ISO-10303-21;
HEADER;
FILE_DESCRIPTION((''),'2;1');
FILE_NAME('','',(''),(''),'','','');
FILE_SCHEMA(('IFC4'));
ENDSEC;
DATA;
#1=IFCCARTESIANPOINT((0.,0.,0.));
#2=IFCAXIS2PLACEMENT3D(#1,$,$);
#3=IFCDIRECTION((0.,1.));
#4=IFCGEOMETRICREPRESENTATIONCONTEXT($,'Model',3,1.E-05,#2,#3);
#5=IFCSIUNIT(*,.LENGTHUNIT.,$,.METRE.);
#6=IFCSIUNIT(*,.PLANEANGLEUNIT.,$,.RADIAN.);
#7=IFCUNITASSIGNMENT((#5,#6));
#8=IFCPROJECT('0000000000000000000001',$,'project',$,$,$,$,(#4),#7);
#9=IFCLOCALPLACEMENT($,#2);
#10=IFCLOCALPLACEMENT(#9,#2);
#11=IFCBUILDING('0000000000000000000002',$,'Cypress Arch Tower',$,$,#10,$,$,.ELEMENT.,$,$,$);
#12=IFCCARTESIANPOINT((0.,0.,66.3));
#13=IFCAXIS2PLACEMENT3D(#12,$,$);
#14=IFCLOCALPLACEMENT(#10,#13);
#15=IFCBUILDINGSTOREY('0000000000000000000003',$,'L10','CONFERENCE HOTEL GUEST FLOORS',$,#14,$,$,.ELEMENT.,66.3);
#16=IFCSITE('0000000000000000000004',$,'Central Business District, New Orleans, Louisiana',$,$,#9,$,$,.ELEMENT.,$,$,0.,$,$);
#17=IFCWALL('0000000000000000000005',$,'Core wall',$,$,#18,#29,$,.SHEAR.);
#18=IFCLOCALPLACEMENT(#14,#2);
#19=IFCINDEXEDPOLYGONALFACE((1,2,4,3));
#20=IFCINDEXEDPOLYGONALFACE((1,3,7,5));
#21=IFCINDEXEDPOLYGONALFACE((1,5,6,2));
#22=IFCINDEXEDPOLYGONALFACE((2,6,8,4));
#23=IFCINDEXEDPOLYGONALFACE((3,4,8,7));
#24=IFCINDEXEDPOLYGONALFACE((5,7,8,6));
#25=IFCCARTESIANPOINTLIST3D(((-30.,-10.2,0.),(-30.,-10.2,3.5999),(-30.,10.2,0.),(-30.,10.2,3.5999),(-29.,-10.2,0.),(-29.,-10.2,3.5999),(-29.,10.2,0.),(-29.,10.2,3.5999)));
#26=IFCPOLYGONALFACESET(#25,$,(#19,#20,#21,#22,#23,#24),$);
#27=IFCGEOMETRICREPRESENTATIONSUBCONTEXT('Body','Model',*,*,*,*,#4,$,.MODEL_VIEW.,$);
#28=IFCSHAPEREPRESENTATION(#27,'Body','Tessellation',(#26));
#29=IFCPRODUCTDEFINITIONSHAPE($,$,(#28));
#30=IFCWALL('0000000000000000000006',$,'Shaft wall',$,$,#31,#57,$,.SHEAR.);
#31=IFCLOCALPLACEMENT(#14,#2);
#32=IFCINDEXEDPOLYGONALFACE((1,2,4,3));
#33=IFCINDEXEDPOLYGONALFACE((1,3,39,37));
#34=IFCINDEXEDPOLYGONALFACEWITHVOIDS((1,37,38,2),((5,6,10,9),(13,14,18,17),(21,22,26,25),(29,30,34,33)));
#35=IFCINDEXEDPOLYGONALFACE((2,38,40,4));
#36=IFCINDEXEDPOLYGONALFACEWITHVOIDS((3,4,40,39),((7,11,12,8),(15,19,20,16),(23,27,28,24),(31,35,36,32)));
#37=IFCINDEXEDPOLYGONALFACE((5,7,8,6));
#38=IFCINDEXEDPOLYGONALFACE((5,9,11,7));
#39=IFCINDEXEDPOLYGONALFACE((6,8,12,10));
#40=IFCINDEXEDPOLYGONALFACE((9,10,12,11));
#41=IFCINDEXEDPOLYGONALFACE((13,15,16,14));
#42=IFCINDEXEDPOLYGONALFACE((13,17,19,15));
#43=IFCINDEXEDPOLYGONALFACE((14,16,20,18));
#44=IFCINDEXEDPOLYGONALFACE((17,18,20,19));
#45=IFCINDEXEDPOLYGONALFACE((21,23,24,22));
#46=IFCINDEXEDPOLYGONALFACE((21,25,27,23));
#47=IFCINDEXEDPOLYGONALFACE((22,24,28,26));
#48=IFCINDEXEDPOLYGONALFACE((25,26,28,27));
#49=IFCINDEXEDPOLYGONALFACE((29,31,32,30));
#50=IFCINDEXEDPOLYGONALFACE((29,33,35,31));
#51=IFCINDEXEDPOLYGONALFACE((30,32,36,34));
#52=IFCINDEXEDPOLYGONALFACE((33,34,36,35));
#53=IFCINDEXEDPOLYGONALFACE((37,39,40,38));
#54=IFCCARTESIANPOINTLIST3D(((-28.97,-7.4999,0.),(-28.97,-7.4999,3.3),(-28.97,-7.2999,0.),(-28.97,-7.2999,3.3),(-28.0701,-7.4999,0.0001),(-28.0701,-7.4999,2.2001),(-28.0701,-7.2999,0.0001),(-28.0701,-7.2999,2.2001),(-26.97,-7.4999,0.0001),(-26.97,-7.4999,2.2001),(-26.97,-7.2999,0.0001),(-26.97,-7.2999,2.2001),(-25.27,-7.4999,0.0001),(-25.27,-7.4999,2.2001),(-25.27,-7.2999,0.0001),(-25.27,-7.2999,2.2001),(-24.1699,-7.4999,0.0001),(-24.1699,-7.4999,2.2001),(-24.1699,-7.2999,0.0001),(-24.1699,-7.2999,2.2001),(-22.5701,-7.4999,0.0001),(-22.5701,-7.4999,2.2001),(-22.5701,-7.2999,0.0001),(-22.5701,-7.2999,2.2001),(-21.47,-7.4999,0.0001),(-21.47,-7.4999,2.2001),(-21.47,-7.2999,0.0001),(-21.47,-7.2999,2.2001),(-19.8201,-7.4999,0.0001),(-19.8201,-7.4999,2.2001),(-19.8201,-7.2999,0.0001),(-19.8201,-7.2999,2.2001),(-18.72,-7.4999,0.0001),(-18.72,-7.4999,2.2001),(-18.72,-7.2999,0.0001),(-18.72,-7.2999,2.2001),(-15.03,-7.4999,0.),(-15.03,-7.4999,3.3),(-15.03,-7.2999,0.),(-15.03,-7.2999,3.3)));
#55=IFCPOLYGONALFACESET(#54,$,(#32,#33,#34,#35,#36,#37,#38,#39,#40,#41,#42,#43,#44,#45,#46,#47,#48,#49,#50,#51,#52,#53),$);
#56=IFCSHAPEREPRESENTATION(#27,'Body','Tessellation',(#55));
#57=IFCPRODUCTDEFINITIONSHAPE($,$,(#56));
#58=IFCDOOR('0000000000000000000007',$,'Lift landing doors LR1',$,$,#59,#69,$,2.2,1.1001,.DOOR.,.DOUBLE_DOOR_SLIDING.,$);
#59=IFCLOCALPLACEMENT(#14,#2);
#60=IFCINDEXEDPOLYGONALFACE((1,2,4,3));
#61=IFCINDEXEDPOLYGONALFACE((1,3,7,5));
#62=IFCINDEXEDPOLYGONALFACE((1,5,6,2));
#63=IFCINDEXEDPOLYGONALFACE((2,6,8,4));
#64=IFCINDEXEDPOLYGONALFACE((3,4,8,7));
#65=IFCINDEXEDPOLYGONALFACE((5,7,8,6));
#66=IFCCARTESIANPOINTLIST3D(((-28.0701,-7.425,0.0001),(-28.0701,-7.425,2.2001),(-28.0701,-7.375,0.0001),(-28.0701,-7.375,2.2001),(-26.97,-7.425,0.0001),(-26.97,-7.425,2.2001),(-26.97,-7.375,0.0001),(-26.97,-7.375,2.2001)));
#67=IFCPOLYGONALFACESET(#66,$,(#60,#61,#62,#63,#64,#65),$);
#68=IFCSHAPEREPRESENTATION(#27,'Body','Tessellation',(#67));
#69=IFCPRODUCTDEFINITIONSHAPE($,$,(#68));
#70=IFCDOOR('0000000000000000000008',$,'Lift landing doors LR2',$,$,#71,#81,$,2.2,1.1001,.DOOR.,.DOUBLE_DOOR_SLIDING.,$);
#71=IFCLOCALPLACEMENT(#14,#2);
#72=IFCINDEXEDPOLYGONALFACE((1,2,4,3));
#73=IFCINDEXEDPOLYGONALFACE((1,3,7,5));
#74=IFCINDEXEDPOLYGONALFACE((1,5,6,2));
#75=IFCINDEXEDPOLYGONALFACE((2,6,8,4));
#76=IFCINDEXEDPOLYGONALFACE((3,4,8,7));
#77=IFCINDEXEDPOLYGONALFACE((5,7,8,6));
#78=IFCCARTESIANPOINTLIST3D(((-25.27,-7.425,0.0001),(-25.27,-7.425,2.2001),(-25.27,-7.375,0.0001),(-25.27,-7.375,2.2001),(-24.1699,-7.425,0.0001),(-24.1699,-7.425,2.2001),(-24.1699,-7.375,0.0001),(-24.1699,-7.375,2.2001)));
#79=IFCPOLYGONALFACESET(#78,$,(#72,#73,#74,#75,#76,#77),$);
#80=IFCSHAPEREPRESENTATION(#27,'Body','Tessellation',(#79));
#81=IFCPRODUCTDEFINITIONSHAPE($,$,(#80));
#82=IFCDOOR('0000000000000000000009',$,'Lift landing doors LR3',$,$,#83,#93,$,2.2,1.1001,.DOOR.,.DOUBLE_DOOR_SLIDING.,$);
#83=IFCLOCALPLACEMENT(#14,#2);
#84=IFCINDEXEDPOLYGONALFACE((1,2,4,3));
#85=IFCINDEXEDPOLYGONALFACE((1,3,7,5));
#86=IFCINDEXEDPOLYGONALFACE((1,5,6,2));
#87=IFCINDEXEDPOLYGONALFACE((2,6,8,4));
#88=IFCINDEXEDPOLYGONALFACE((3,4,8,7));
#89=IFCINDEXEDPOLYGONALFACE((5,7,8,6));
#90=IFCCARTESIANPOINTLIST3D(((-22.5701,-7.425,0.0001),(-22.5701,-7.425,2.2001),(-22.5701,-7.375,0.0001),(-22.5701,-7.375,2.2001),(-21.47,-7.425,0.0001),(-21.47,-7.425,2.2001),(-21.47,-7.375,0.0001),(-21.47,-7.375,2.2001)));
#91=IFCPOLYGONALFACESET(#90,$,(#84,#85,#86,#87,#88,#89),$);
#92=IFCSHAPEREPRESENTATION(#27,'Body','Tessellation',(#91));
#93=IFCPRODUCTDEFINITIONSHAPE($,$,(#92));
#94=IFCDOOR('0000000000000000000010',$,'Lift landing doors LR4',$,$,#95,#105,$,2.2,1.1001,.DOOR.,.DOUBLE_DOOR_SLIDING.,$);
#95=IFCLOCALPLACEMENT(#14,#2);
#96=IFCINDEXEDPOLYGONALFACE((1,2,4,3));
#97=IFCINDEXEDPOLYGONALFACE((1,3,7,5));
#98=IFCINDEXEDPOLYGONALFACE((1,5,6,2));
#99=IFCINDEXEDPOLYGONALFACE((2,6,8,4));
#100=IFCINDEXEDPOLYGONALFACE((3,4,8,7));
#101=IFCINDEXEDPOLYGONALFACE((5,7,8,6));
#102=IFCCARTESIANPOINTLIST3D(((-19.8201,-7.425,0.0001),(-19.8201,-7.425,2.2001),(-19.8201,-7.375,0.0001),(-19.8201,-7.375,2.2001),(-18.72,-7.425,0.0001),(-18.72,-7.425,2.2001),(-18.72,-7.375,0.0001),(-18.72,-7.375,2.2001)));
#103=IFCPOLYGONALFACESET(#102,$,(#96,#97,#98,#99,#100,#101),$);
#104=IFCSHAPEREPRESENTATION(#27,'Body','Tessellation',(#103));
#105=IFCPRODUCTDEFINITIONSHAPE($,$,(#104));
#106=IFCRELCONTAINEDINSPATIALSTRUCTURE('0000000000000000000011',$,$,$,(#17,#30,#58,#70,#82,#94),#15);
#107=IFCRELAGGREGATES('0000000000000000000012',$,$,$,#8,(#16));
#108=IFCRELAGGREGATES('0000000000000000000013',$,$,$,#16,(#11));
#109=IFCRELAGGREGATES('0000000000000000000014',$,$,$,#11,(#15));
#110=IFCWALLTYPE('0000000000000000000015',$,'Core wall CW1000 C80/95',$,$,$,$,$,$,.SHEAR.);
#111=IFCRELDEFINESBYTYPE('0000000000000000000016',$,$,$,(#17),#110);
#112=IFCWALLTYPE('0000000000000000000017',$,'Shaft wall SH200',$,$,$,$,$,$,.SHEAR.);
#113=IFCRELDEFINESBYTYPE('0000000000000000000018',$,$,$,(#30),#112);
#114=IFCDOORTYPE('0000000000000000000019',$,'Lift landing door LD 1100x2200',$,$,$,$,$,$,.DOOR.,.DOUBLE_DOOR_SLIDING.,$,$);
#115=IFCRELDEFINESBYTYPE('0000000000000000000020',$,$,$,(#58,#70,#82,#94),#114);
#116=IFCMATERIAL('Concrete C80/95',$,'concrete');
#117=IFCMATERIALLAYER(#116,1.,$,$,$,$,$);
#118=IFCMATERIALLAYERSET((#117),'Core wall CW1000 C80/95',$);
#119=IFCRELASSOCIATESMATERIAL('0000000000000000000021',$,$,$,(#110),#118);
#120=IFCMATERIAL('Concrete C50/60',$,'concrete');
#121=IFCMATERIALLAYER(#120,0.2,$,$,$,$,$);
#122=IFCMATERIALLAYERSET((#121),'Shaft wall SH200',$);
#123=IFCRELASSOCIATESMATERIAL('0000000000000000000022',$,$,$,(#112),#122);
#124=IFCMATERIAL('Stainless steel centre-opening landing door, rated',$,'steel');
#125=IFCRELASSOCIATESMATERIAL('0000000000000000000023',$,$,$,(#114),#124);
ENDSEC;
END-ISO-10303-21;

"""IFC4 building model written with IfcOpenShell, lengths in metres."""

from ifc_helpers import new_model, si_unit, direction, frame, frame_2d, origin, place, context, subcontext, project, spatial, rectangle, extrude, material, layer, layer_set, type_object, element, fill, save


model = new_model("IFC4")

# Units and contexts
model_context = context("Model", 3, precision=1e-05, world=origin(), true_north=direction((0.0, 1.0)))
body_context = subcontext(model_context, "Body", "Model", "MODEL_VIEW")
ifc_project = project(units=[si_unit("LENGTHUNIT", "METRE"), si_unit("PLANEANGLEUNIT", "RADIAN")], contexts=[model_context])

# Site, building, storey
site_placement = place(None, origin())
site = spatial("IfcSite", under=ifc_project, at=site_placement, Name="Central Business District, New Orleans, Louisiana", CompositionType="ELEMENT", RefElevation=0.0)
building_placement = place(site_placement, origin())
building = spatial("IfcBuilding", under=site, at=building_placement, Name="Cypress Arch Tower", CompositionType="ELEMENT")
storey_placement = place(building_placement, frame((0.0, 0.0, 66.3)))
storey = spatial("IfcBuildingStorey", under=building, at=storey_placement, Name="L10", Description="CONFERENCE HOTEL GUEST FLOORS", CompositionType="ELEMENT", Elevation=66.3)

# Wall
ifc_material_1 = material(Name="Concrete C80/95", Category="concrete")
ifc_layer_1 = layer(ifc_material_1, 1.0)
ifc_layer_set_1 = layer_set([ifc_layer_1], Name="Core wall CW1000 C80/95")
wall_type_1 = type_object("IfcWallType", Name="Core wall CW1000 C80/95", PredefinedType="SHEAR", material=ifc_layer_set_1)
wall_1_placement = place(storey_placement, frame((-29.5, -10.2, 0.0), z_axis=(0.0, 0.0, 1.0), x_axis=(0.0, 1.0, 0.0)))
element("IfcWall", 1, at=wall_1_placement, inside=storey, type_object=wall_type_1, Name="Core wall", PredefinedType="SHEAR", context=body_context, shape_type="SweptSolid", body=[
    extrude(rectangle(XDim=20.3999, YDim=1.0, at=frame_2d((10.2, 0.0))), origin(), (0.0, 0.0, 1.0), 3.5999),
])

# Wall, openings, doors
ifc_material_2 = material(Name="Concrete C50/60", Category="concrete")
ifc_layer_2 = layer(ifc_material_2, 0.2)
ifc_layer_set_2 = layer_set([ifc_layer_2], Name="Shaft wall SH200")
wall_type_2 = type_object("IfcWallType", Name="Shaft wall SH200", PredefinedType="SHEAR", material=ifc_layer_set_2)
wall_2_placement = place(storey_placement, frame((-28.97, -7.3999, 0.0), z_axis=(0.0, 0.0, 1.0), x_axis=(1.0, 0.0, 0.0)))
wall_2 = element("IfcWall", 2, at=wall_2_placement, inside=storey, type_object=wall_type_2, Name="Shaft wall", PredefinedType="SHEAR", context=body_context, shape_type="SweptSolid", body=[
    extrude(rectangle(XDim=13.9399, YDim=0.2, at=frame_2d((6.97, 0.0))), origin(), (0.0, 0.0, 1.0), 3.3),
])
opening_1_placement = place(wall_2_placement, frame((0.8999, 0.0, 0.0)))
opening_1 = element("IfcOpeningElement", 3, at=opening_1_placement, cuts=wall_2, PredefinedType="OPENING", context=body_context, shape_type="SweptSolid", body=[
    extrude(rectangle(XDim=1.1001, YDim=2.2, at=frame_2d((0.55, 1.1001))), frame((0.0, 0.1099, 0.0), z_axis=(0.0, -1.0, 0.0), x_axis=(1.0, 0.0, 0.0)), (0.0, 0.0, 1.0), 0.22),
])
opening_2_placement = place(wall_2_placement, frame((3.7, 0.0, 0.0)))
opening_2 = element("IfcOpeningElement", 4, at=opening_2_placement, cuts=wall_2, PredefinedType="OPENING", context=body_context, shape_type="SweptSolid", body=[
    extrude(rectangle(XDim=1.1001, YDim=2.2, at=frame_2d((0.55, 1.1001))), frame((0.0, 0.1099, 0.0), z_axis=(0.0, -1.0, 0.0), x_axis=(1.0, 0.0, 0.0)), (0.0, 0.0, 1.0), 0.22),
])
opening_3_placement = place(wall_2_placement, frame((6.3999, 0.0, 0.0)))
opening_3 = element("IfcOpeningElement", 5, at=opening_3_placement, cuts=wall_2, PredefinedType="OPENING", context=body_context, shape_type="SweptSolid", body=[
    extrude(rectangle(XDim=1.1001, YDim=2.2, at=frame_2d((0.55, 1.1001))), frame((0.0, 0.1099, 0.0), z_axis=(0.0, -1.0, 0.0), x_axis=(1.0, 0.0, 0.0)), (0.0, 0.0, 1.0), 0.22),
])
opening_4_placement = place(wall_2_placement, frame((9.1499, 0.0, 0.0)))
opening_4 = element("IfcOpeningElement", 6, at=opening_4_placement, cuts=wall_2, PredefinedType="OPENING", context=body_context, shape_type="SweptSolid", body=[
    extrude(rectangle(XDim=1.1001, YDim=2.2, at=frame_2d((0.55, 1.1001))), frame((0.0, 0.1099, 0.0), z_axis=(0.0, -1.0, 0.0), x_axis=(1.0, 0.0, 0.0)), (0.0, 0.0, 1.0), 0.22),
])
ifc_material_3 = material(Name="Stainless steel centre-opening landing door, rated", Category="steel")
door_type = type_object("IfcDoorType", Name="Lift landing door LD 1100x2200", OperationType="DOUBLE_DOOR_SLIDING", PredefinedType="DOOR", material=ifc_material_3)
door_1_placement = place(opening_1_placement, origin())
door_1 = element("IfcDoor", 7, at=door_1_placement, inside=storey, type_object=door_type, Name="Lift landing doors LR1", OperationType="DOUBLE_DOOR_SLIDING", OverallHeight=2.2, OverallWidth=1.1001, PredefinedType="DOOR", context=body_context, shape_type="SweptSolid", body=[
    extrude(rectangle(XDim=1.1001, YDim=2.2, at=frame_2d((0.55, 1.1001))), frame((0.0, 0.0249, 0.0), z_axis=(0.0, -1.0, 0.0), x_axis=(1.0, 0.0, 0.0)), (0.0, 0.0, 1.0), 0.05),
])
fill(opening_1, door_1)
door_2_placement = place(opening_2_placement, origin())
door_2 = element("IfcDoor", 8, at=door_2_placement, inside=storey, type_object=door_type, Name="Lift landing doors LR2", OperationType="DOUBLE_DOOR_SLIDING", OverallHeight=2.2, OverallWidth=1.1001, PredefinedType="DOOR", context=body_context, shape_type="SweptSolid", body=[
    extrude(rectangle(XDim=1.1001, YDim=2.2, at=frame_2d((0.55, 1.1001))), frame((0.0, 0.0249, 0.0), z_axis=(0.0, -1.0, 0.0), x_axis=(1.0, 0.0, 0.0)), (0.0, 0.0, 1.0), 0.05),
])
fill(opening_2, door_2)
door_3_placement = place(opening_3_placement, origin())
door_3 = element("IfcDoor", 9, at=door_3_placement, inside=storey, type_object=door_type, Name="Lift landing doors LR3", OperationType="DOUBLE_DOOR_SLIDING", OverallHeight=2.2, OverallWidth=1.1001, PredefinedType="DOOR", context=body_context, shape_type="SweptSolid", body=[
    extrude(rectangle(XDim=1.1001, YDim=2.2, at=frame_2d((0.55, 1.1001))), frame((0.0, 0.0249, 0.0), z_axis=(0.0, -1.0, 0.0), x_axis=(1.0, 0.0, 0.0)), (0.0, 0.0, 1.0), 0.05),
])
fill(opening_3, door_3)
door_4_placement = place(opening_4_placement, origin())
door_4 = element("IfcDoor", 10, at=door_4_placement, inside=storey, type_object=door_type, Name="Lift landing doors LR4", OperationType="DOUBLE_DOOR_SLIDING", OverallHeight=2.2, OverallWidth=1.1001, PredefinedType="DOOR", context=body_context, shape_type="SweptSolid", body=[
    extrude(rectangle(XDim=1.1001, YDim=2.2, at=frame_2d((0.55, 1.1001))), frame((0.0, 0.0249, 0.0), z_axis=(0.0, -1.0, 0.0), x_axis=(1.0, 0.0, 0.0)), (0.0, 0.0, 1.0), 0.05),
])
fill(opening_4, door_4)

save(model, "model.ifc")
